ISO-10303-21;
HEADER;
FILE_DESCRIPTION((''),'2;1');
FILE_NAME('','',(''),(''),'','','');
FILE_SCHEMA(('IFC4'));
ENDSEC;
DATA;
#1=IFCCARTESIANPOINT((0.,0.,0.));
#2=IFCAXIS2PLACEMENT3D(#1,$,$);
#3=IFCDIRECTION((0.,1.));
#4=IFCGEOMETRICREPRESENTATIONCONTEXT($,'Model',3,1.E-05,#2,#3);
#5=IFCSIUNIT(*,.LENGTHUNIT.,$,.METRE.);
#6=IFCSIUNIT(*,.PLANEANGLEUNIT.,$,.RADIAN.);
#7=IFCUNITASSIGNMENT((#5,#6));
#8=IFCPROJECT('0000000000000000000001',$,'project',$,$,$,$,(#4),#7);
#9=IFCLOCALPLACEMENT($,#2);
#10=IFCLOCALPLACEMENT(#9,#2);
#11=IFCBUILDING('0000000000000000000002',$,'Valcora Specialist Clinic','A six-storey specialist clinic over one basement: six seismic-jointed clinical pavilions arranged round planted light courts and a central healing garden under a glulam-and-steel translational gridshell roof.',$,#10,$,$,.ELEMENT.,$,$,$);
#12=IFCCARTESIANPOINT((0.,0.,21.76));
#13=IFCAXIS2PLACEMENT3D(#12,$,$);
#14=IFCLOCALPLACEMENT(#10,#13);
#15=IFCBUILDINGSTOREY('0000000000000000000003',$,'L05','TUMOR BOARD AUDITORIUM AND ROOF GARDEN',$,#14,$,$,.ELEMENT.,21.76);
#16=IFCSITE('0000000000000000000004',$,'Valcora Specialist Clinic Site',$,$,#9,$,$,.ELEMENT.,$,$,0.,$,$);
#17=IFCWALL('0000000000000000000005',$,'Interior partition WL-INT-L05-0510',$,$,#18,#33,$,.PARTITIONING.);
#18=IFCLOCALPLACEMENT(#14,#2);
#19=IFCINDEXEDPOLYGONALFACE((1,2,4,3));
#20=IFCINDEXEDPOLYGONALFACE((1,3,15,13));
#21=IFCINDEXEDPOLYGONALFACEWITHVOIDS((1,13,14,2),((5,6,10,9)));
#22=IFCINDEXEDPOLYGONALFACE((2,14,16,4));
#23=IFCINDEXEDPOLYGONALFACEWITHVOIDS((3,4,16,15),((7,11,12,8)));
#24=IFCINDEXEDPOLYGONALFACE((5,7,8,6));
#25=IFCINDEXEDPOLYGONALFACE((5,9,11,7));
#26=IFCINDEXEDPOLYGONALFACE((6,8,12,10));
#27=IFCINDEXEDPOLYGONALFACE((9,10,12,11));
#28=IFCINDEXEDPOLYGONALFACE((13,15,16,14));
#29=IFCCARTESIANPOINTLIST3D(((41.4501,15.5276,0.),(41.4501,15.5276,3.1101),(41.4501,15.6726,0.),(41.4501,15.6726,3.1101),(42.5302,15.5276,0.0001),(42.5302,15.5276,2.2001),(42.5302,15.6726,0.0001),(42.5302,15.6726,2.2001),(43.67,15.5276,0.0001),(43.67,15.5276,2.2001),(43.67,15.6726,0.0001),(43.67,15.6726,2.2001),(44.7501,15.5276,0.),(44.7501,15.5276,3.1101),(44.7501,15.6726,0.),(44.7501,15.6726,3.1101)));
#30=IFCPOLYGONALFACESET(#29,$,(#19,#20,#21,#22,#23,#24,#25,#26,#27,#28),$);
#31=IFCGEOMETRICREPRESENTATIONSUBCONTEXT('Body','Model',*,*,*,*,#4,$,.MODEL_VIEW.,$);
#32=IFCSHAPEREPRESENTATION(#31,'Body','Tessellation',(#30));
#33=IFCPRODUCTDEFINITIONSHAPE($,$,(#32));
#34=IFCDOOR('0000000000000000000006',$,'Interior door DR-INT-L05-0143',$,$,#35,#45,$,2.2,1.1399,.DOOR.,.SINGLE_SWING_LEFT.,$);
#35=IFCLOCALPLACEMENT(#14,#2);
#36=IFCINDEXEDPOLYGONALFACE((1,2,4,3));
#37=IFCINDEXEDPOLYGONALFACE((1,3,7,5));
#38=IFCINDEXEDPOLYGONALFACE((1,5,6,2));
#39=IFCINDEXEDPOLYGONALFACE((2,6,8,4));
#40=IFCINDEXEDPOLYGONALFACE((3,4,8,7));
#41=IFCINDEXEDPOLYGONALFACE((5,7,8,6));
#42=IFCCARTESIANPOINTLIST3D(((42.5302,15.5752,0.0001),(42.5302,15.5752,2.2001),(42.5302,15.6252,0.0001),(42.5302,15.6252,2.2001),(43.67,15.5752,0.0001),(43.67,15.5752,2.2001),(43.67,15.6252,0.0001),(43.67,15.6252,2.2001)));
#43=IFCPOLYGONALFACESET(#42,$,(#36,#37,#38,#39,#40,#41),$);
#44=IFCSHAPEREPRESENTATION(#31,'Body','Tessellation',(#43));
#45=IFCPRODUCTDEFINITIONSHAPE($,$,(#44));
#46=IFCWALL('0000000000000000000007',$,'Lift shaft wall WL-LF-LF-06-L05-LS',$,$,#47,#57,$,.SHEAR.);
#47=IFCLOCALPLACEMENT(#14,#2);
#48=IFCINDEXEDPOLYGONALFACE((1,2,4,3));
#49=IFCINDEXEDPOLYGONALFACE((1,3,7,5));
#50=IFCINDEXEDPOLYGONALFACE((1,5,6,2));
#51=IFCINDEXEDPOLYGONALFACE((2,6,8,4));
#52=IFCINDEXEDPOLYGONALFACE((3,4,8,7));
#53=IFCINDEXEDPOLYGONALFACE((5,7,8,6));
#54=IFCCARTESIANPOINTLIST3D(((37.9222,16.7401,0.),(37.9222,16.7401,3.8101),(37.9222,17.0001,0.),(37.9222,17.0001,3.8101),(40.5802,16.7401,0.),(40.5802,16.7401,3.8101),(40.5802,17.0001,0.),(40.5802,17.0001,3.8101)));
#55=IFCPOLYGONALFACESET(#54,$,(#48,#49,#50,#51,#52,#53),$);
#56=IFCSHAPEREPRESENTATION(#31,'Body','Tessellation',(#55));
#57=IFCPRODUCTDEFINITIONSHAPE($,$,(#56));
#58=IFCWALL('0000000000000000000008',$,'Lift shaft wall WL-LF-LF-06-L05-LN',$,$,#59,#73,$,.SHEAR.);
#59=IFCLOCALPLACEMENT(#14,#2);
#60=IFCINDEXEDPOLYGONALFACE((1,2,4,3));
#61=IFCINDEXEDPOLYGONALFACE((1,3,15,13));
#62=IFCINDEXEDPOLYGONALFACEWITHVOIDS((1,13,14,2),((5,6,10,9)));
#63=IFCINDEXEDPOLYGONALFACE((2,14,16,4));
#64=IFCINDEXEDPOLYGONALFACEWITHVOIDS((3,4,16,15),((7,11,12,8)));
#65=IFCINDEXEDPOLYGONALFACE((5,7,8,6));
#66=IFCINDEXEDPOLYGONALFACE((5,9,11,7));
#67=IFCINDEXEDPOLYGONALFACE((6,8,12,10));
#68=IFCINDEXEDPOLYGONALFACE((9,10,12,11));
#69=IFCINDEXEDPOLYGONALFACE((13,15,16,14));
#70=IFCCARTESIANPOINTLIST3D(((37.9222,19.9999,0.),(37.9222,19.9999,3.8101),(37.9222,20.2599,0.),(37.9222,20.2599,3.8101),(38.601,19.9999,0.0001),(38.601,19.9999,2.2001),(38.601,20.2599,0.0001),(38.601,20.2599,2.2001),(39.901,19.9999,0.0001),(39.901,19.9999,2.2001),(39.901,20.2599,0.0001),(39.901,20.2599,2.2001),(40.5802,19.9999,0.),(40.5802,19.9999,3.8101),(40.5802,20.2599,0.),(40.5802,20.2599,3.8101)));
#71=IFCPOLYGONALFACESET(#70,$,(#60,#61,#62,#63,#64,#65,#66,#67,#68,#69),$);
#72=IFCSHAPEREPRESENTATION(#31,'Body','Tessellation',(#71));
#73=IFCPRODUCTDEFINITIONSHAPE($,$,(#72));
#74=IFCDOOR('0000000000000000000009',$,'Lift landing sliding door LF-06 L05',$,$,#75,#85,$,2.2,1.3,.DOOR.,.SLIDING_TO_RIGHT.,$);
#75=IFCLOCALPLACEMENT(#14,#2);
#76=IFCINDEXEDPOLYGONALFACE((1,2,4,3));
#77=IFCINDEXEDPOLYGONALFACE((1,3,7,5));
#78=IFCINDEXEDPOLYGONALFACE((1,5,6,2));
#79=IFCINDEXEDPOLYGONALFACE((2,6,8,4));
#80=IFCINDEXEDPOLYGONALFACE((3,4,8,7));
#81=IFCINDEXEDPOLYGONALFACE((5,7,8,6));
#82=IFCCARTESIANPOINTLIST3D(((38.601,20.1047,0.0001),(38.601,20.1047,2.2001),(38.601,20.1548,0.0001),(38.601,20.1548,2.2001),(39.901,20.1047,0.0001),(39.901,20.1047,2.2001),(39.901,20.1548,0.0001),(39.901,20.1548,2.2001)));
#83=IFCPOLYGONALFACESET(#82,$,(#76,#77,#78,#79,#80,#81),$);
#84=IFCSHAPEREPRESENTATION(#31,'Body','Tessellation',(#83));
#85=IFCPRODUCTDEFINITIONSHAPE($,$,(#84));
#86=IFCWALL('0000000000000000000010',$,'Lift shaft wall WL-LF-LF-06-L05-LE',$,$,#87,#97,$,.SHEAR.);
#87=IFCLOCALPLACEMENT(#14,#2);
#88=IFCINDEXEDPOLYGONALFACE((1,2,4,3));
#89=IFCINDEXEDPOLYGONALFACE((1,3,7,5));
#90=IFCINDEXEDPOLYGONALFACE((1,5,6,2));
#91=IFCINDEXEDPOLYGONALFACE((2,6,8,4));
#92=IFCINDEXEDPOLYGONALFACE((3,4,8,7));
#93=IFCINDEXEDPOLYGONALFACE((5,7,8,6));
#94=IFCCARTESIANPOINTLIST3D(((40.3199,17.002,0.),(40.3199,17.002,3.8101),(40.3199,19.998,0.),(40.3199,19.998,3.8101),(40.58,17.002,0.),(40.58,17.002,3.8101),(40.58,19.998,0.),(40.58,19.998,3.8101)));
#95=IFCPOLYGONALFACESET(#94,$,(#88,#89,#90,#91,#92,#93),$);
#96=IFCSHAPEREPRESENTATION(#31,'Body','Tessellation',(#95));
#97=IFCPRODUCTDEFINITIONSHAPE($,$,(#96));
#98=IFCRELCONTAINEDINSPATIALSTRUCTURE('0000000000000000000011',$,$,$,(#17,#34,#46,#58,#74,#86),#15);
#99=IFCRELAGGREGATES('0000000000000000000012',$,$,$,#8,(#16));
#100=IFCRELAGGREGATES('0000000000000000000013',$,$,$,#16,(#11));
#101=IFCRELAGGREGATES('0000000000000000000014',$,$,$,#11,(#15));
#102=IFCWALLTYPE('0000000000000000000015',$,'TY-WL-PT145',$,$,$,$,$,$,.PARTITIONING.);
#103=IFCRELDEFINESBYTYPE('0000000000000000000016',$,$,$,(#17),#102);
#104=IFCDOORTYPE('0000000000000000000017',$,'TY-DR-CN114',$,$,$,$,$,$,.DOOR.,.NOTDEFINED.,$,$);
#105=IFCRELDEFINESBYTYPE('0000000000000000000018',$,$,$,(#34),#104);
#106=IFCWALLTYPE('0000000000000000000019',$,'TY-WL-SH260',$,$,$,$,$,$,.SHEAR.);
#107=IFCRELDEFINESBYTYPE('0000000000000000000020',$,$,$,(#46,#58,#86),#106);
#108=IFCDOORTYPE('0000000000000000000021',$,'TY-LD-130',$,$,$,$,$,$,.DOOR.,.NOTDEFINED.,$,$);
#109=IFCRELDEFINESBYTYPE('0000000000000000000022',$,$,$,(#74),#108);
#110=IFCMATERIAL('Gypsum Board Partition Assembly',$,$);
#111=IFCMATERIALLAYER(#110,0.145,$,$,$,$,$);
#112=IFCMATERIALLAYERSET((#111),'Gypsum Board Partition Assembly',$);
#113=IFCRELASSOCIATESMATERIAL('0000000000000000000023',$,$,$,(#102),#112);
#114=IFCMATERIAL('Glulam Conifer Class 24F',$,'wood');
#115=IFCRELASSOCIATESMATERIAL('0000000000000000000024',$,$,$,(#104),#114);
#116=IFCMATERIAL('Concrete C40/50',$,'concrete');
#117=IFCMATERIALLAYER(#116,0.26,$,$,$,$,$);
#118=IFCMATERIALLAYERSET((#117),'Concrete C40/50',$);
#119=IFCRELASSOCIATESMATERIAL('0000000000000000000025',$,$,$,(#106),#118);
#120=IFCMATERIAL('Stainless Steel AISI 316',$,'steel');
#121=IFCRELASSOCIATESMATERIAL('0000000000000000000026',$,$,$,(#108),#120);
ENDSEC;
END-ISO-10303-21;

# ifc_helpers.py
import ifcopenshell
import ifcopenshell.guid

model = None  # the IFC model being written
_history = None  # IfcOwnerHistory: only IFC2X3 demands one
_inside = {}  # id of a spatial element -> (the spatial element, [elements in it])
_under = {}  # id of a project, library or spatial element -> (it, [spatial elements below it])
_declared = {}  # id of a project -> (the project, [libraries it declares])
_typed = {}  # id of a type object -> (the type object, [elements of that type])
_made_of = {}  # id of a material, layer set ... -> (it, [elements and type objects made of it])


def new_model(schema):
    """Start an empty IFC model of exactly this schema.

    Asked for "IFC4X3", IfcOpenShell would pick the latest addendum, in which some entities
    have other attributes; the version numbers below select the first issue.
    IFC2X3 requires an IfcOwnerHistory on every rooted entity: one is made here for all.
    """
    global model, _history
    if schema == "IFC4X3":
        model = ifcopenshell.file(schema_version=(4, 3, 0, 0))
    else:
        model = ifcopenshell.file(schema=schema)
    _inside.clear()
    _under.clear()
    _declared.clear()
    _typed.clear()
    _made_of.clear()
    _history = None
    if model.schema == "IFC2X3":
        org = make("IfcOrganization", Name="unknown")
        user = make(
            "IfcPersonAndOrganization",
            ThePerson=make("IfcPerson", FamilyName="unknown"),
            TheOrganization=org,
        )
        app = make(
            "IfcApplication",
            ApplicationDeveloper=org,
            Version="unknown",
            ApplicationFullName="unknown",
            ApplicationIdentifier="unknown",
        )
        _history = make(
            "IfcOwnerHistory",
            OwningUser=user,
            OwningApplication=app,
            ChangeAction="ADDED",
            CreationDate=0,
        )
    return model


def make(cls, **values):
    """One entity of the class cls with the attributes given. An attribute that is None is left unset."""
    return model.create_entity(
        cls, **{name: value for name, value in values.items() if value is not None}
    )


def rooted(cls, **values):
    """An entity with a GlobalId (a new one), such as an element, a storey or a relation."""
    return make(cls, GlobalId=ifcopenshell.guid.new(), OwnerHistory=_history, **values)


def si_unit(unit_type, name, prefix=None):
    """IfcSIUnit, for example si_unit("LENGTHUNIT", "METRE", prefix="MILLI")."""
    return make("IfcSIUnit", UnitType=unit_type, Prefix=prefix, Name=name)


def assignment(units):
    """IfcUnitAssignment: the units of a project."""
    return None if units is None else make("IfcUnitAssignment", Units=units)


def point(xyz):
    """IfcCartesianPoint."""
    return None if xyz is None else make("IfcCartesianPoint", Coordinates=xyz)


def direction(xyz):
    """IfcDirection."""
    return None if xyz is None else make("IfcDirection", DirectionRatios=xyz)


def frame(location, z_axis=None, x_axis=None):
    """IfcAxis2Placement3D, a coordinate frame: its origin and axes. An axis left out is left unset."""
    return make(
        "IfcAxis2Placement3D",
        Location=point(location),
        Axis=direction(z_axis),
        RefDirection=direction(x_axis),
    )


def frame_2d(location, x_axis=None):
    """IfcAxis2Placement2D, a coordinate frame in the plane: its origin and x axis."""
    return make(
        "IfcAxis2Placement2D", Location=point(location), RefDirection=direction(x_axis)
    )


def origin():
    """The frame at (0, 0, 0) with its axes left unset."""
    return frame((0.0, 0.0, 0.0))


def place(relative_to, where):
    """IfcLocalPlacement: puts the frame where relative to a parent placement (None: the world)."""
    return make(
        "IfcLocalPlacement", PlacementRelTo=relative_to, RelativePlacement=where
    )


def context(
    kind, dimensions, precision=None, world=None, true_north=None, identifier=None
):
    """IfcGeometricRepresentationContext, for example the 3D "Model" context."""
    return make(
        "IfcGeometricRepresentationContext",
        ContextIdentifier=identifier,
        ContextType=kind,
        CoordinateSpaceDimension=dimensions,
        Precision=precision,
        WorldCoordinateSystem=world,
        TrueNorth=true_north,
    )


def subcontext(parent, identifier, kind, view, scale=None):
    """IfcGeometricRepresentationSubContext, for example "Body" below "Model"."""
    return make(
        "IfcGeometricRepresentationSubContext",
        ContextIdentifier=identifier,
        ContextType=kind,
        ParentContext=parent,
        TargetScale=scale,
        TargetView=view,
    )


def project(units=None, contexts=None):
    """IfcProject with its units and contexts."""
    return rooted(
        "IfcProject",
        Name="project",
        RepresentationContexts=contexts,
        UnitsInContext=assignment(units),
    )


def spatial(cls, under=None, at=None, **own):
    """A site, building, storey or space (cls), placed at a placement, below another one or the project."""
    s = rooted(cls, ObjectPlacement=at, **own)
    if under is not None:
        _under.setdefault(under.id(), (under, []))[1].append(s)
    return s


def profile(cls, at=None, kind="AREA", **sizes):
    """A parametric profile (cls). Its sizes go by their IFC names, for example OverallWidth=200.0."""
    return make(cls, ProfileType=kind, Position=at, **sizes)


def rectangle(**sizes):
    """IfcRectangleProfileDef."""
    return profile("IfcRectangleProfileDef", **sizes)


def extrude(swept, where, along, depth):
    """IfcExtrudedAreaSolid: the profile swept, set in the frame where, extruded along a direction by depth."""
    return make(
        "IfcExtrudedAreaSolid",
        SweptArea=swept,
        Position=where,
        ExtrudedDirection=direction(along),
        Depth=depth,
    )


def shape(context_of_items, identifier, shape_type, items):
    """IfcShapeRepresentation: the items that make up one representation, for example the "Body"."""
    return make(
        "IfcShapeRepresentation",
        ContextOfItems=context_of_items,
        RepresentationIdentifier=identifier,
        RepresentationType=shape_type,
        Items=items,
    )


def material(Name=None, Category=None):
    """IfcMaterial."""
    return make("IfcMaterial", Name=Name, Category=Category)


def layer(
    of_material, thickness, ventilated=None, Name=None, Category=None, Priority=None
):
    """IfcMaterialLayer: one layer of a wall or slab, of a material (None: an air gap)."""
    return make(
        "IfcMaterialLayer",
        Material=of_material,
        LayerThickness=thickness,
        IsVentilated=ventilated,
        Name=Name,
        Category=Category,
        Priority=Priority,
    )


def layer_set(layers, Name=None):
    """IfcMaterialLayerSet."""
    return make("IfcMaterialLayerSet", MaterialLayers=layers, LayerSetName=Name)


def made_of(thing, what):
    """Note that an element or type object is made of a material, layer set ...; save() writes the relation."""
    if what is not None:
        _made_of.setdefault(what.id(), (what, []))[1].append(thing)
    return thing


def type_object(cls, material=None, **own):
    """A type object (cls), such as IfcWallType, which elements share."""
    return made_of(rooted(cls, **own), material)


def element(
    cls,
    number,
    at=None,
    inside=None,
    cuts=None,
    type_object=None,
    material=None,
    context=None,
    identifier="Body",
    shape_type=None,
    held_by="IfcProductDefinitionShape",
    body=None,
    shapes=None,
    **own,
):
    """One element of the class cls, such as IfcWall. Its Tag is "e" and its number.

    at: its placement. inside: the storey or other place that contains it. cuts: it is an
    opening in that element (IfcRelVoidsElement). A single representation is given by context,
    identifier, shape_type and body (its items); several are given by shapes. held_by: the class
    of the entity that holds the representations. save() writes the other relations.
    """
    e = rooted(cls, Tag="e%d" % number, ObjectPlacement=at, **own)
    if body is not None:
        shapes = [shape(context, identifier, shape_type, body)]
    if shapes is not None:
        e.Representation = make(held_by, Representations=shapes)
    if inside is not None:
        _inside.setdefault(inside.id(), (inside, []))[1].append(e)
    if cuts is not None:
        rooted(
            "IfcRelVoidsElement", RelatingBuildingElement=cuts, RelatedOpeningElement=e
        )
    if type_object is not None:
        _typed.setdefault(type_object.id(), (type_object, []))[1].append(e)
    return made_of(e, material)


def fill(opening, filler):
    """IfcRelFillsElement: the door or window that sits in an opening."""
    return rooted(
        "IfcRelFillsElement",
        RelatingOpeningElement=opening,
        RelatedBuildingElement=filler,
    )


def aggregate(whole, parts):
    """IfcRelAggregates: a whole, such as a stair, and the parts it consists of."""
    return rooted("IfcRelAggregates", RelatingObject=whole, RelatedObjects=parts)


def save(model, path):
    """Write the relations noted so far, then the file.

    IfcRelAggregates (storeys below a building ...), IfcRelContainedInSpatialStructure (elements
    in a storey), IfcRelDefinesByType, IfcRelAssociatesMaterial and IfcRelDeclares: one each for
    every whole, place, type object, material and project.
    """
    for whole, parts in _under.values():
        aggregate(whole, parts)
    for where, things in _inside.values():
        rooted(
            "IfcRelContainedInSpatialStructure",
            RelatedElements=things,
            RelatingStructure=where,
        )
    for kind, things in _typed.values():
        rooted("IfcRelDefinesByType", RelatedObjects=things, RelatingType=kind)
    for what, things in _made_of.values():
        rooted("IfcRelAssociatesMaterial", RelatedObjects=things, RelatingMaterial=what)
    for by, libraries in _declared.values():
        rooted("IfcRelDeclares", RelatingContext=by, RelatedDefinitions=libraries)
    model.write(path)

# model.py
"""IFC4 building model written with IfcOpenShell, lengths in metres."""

from ifc_helpers import new_model, si_unit, direction, frame, frame_2d, origin, place, context, subcontext, project, spatial, rectangle, extrude, material, layer, layer_set, type_object, element, fill, save


model = new_model("IFC4")

# Units and contexts
model_context = context("Model", 3, precision=1e-05, world=origin(), true_north=direction((0.0, 1.0)))
body_context = subcontext(model_context, "Body", "Model", "MODEL_VIEW")
ifc_project = project(units=[si_unit("LENGTHUNIT", "METRE"), si_unit("PLANEANGLEUNIT", "RADIAN")], contexts=[model_context])

# Site, building, storey
site_placement = place(None, origin())
site = spatial("IfcSite", under=ifc_project, at=site_placement, Name="Valcora Specialist Clinic Site", CompositionType="ELEMENT", RefElevation=0.0)
building_placement = place(site_placement, origin())
building = spatial("IfcBuilding", under=site, at=building_placement, Name="Valcora Specialist Clinic", Description="A six-storey specialist clinic over one basement: six seismic-jointed clinical pavilions arranged round planted light courts and a central healing garden under a glulam-and-steel translational gridshell roof.", CompositionType="ELEMENT")
storey_placement = place(building_placement, frame((0.0, 0.0, 21.76)))
storey = spatial("IfcBuildingStorey", under=building, at=storey_placement, Name="L05", Description="TUMOR BOARD AUDITORIUM AND ROOF GARDEN", CompositionType="ELEMENT", Elevation=21.76)

# Shared definitions
ifc_material_1 = material(Name="Concrete C40/50", Category="concrete")

# Shared definitions
ifc_material_2 = material(Name="Gypsum Board Partition Assembly")

# Wall, opening, door
ifc_layer_1 = layer(ifc_material_2, 0.145)
ifc_layer_set_1 = layer_set([ifc_layer_1], Name="Gypsum Board Partition Assembly")
wall_type_1 = type_object("IfcWallType", Name="TY-WL-PT145", PredefinedType="PARTITIONING", material=ifc_layer_set_1)
wall_1_placement = place(storey_placement, frame((44.75, 15.6001, 0.0), z_axis=(0.0, 0.0, 1.0), x_axis=(-1.0, 0.0, 0.0)))
wall_1 = element("IfcWall", 1, at=wall_1_placement, inside=storey, type_object=wall_type_1, Name="Interior partition WL-INT-L05-0510", PredefinedType="PARTITIONING", context=body_context, shape_type="SweptSolid", body=[
    extrude(rectangle(XDim=3.3, YDim=0.145, at=frame_2d((1.6499, 0.0))), origin(), (0.0, 0.0, 1.0), 3.1101),
])
opening_1_placement = place(wall_1_placement, frame((1.0801, 0.0, 0.0)))
opening_1 = element("IfcOpeningElement", 2, at=opening_1_placement, cuts=wall_1, PredefinedType="OPENING", context=body_context, shape_type="SweptSolid", body=[
    extrude(rectangle(XDim=1.1399, YDim=2.2, at=frame_2d((0.5698, 1.1001))), frame((0.0, 0.0825, 0.0), z_axis=(0.0, -1.0, 0.0), x_axis=(1.0, 0.0, 0.0)), (0.0, 0.0, 1.0), 0.165),
])
ifc_material_3 = material(Name="Glulam Conifer Class 24F", Category="wood")
door_type_1 = type_object("IfcDoorType", Name="TY-DR-CN114", OperationType="NOTDEFINED", PredefinedType="DOOR", material=ifc_material_3)
door_1_placement = place(opening_1_placement, origin())
door_1 = element("IfcDoor", 3, at=door_1_placement, inside=storey, type_object=door_type_1, Name="Interior door DR-INT-L05-0143", OperationType="SINGLE_SWING_LEFT", OverallHeight=2.2, OverallWidth=1.1399, PredefinedType="DOOR", context=body_context, shape_type="SweptSolid", body=[
    extrude(rectangle(XDim=1.1399, YDim=2.2, at=frame_2d((0.5698, 1.1001))), frame((0.0, 0.0249, 0.0), z_axis=(0.0, -1.0, 0.0), x_axis=(1.0, 0.0, 0.0)), (0.0, 0.0, 1.0), 0.05),
])
fill(opening_1, door_1)

# Wall
ifc_layer_2 = layer(ifc_material_1, 0.26)
ifc_layer_set_2 = layer_set([ifc_layer_2], Name="Concrete C40/50")
wall_type_2 = type_object("IfcWallType", Name="TY-WL-SH260", PredefinedType="SHEAR", material=ifc_layer_set_2)
wall_2_placement = place(storey_placement, frame((37.9221, 16.8701, 0.0), z_axis=(0.0, 0.0, 1.0), x_axis=(1.0, 0.0, 0.0)))
element("IfcWall", 4, at=wall_2_placement, inside=storey, type_object=wall_type_2, Name="Lift shaft wall WL-LF-LF-06-L05-LS", PredefinedType="SHEAR", context=body_context, shape_type="SweptSolid", body=[
    extrude(rectangle(XDim=2.658, YDim=0.26, at=frame_2d((1.3291, 0.0))), origin(), (0.0, 0.0, 1.0), 3.8101),
])

# Wall, opening, door
wall_3_placement = place(storey_placement, frame((37.9221, 20.1299, 0.0), z_axis=(0.0, 0.0, 1.0), x_axis=(1.0, 0.0, 0.0)))
wall_3 = element("IfcWall", 5, at=wall_3_placement, inside=storey, type_object=wall_type_2, Name="Lift shaft wall WL-LF-LF-06-L05-LN", PredefinedType="SHEAR", context=body_context, shape_type="SweptSolid", body=[
    extrude(rectangle(XDim=2.658, YDim=0.26, at=frame_2d((1.3291, 0.0))), origin(), (0.0, 0.0, 1.0), 3.8101),
])
opening_2_placement = place(wall_3_placement, frame((0.679, 0.0, 0.0)))
opening_2 = element("IfcOpeningElement", 6, at=opening_2_placement, cuts=wall_3, PredefinedType="OPENING", context=body_context, shape_type="SweptSolid", body=[
    extrude(rectangle(XDim=1.3, YDim=2.2, at=frame_2d((0.6499, 1.1001))), frame((0.0, 0.1399, 0.0), z_axis=(0.0, -1.0, 0.0), x_axis=(1.0, 0.0, 0.0)), (0.0, 0.0, 1.0), 0.28),
])
ifc_material_4 = material(Name="Stainless Steel AISI 316", Category="steel")
door_type_2 = type_object("IfcDoorType", Name="TY-LD-130", OperationType="NOTDEFINED", PredefinedType="DOOR", material=ifc_material_4)
door_2_placement = place(opening_2_placement, origin())
door_2 = element("IfcDoor", 7, at=door_2_placement, inside=storey, type_object=door_type_2, Name="Lift landing sliding door LF-06 L05", OperationType="SLIDING_TO_RIGHT", OverallHeight=2.2, OverallWidth=1.3, PredefinedType="DOOR", context=body_context, shape_type="SweptSolid", body=[
    extrude(rectangle(XDim=1.3, YDim=2.2, at=frame_2d((0.6499, 1.1001))), frame((0.0, 0.0249, 0.0), z_axis=(0.0, -1.0, 0.0), x_axis=(1.0, 0.0, 0.0)), (0.0, 0.0, 1.0), 0.05),
])
fill(opening_2, door_2)

# Wall
wall_4_placement = place(storey_placement, frame((40.45, 17.002, 0.0), z_axis=(0.0, 0.0, 1.0), x_axis=(0.0, 1.0, 0.0)))
element("IfcWall", 8, at=wall_4_placement, inside=storey, type_object=wall_type_2, Name="Lift shaft wall WL-LF-LF-06-L05-LE", PredefinedType="SHEAR", context=body_context, shape_type="SweptSolid", body=[
    extrude(rectangle(XDim=2.9961, YDim=0.26, at=frame_2d((1.498, 0.0))), origin(), (0.0, 0.0, 1.0), 3.8101),
])

save(model, "model.ifc")
